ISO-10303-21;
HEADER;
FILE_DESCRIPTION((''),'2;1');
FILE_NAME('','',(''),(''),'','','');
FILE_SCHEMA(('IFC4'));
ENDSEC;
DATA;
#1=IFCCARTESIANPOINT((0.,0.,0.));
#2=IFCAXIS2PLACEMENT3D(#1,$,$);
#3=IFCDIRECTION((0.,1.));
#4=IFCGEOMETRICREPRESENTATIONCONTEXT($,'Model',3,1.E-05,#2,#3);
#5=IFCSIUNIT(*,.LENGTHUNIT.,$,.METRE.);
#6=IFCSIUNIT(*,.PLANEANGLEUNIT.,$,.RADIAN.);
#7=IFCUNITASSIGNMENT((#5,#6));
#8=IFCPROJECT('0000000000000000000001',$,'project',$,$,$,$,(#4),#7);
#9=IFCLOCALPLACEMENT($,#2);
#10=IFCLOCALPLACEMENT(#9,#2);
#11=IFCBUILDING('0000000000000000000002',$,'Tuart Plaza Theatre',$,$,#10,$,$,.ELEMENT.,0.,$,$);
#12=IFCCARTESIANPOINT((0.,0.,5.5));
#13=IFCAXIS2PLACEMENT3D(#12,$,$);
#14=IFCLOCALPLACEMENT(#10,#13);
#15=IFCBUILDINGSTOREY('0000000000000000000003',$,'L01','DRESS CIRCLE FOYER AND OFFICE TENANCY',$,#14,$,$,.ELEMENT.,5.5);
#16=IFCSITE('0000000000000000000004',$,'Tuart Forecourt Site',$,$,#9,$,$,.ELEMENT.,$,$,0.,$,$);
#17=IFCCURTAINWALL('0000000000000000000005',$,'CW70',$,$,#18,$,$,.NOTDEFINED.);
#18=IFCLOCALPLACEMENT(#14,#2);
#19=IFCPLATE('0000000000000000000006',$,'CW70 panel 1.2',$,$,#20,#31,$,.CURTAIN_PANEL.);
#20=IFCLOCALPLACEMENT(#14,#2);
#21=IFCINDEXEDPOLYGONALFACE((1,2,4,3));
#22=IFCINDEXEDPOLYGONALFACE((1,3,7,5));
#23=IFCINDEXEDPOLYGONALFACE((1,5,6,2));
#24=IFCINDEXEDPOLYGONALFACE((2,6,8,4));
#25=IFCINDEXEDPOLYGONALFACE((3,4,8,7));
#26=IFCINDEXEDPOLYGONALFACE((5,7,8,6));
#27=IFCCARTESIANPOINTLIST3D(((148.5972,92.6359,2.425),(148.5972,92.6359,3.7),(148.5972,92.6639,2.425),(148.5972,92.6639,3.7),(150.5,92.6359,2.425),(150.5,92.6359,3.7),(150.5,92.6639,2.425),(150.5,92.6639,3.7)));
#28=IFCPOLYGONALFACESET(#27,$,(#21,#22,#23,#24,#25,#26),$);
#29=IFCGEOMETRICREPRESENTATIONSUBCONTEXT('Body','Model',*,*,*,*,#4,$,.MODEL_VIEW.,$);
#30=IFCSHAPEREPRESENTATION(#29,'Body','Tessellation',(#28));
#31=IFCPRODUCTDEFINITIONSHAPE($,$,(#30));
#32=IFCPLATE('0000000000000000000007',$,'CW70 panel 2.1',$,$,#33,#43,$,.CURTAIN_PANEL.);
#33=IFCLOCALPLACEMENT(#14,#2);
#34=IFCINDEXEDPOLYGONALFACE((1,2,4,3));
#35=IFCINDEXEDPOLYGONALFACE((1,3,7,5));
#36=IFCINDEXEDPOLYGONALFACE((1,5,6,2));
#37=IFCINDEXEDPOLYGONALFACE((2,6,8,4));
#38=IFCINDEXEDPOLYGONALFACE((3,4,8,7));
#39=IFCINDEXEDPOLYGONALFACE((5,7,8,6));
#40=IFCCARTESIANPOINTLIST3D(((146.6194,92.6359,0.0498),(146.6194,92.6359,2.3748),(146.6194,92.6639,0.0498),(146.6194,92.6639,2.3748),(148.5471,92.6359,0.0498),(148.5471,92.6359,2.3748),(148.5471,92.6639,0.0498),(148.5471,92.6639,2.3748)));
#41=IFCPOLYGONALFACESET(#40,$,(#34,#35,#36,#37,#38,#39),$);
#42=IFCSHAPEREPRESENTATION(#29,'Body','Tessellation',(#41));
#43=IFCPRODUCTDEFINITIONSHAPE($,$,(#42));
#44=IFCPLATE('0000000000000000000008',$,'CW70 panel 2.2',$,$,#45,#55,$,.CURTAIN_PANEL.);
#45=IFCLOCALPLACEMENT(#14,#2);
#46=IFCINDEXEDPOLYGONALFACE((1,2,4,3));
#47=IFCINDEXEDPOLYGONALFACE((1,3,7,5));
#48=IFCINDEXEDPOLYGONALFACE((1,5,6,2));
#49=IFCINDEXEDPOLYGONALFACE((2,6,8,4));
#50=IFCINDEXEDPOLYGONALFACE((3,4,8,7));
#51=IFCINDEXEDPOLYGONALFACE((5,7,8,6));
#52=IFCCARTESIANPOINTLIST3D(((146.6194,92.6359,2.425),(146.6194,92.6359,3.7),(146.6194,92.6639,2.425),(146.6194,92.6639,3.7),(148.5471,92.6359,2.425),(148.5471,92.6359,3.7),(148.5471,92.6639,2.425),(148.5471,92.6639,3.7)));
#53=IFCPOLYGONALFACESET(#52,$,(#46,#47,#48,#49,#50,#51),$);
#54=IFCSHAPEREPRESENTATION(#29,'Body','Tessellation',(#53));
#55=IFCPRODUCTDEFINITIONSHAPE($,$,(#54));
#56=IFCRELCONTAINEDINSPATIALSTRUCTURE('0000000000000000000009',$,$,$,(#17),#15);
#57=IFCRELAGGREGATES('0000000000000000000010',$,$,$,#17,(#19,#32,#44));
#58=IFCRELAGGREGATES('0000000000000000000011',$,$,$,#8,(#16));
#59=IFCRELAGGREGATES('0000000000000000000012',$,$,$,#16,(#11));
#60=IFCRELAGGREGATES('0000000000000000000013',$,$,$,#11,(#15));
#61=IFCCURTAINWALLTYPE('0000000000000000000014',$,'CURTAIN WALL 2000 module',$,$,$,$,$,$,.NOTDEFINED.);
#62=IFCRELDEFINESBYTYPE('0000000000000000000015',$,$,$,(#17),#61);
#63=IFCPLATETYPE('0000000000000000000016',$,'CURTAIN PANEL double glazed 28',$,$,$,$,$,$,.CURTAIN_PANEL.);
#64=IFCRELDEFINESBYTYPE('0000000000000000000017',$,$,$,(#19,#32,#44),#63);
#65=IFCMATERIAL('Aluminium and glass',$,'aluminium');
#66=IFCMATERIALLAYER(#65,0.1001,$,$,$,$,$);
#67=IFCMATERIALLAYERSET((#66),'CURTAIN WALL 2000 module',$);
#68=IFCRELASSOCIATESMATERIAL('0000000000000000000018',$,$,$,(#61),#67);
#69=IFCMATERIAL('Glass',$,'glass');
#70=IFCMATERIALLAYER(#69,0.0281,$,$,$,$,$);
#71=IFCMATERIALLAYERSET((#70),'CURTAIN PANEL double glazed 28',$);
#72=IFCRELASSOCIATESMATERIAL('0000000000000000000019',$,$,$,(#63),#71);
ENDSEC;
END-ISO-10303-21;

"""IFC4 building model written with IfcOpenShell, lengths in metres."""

from ifc_helpers import new_model, si_unit, direction, frame, origin, origin_2d, place, context, subcontext, project, spatial, rectangle, extrude, material, layer, layer_set, type_object, element, aggregate, save


model = new_model("IFC4")

# Units and contexts
model_context = context("Model", 3, precision=1e-05, world=origin(), true_north=direction((0.0, 1.0)))
body_context = subcontext(model_context, "Body", "Model", "MODEL_VIEW")
ifc_project = project(units=[si_unit("LENGTHUNIT", "METRE"), si_unit("PLANEANGLEUNIT", "RADIAN")], contexts=[model_context])

# Site, building, storey
site_placement = place(None, origin())
site = spatial("IfcSite", under=ifc_project, at=site_placement, Name="Tuart Forecourt Site", CompositionType="ELEMENT", RefElevation=0.0)
building_placement = place(site_placement, origin())
building = spatial("IfcBuilding", under=site, at=building_placement, Name="Tuart Plaza Theatre", CompositionType="ELEMENT", ElevationOfRefHeight=0.0)
storey_placement = place(building_placement, frame((0.0, 0.0, 5.5)))
storey = spatial("IfcBuildingStorey", under=building, at=storey_placement, Name="L01", Description="DRESS CIRCLE FOYER AND OFFICE TENANCY", CompositionType="ELEMENT", Elevation=5.5)

# Curtain wall
ifc_material_1 = material(Name="Aluminium and glass", Category="aluminium")
ifc_layer_1 = layer(ifc_material_1, 0.1001)
ifc_layer_set_1 = layer_set([ifc_layer_1], Name="CURTAIN WALL 2000 module")
curtain_wall_type = type_object("IfcCurtainWallType", Name="CURTAIN WALL 2000 module", PredefinedType="NOTDEFINED", material=ifc_layer_set_1)
curtain_wall_1_placement = place(storey_placement, origin())
curtain_wall_1 = element("IfcCurtainWall", 1, at=curtain_wall_1_placement, inside=storey, type_object=curtain_wall_type, Name="CW70", PredefinedType="NOTDEFINED")

# Plates
ifc_material_2 = material(Name="Glass", Category="glass")
ifc_layer_2 = layer(ifc_material_2, 0.0281)
ifc_layer_set_2 = layer_set([ifc_layer_2], Name="CURTAIN PANEL double glazed 28")
plate_type = type_object("IfcPlateType", Name="CURTAIN PANEL double glazed 28", PredefinedType="CURTAIN_PANEL", material=ifc_layer_set_2)
plate_1_placement = place(storey_placement, frame((149.5486, 92.6499, 2.425), z_axis=(0.0, 0.0, 1.0), x_axis=(-1.0, 0.0, 0.0)))
plate_1 = element("IfcPlate", 2, at=plate_1_placement, type_object=plate_type, Name="CW70 panel 1.2", PredefinedType="CURTAIN_PANEL", context=body_context, shape_type="SweptSolid", body=[
    extrude(rectangle(XDim=1.9028, YDim=0.0281, at=origin_2d()), origin(), (0.0, 0.0, 1.0), 1.2749),
])
plate_2_placement = place(storey_placement, frame((147.5833, 92.6499, 0.0498), z_axis=(0.0, 0.0, 1.0), x_axis=(-1.0, 0.0, 0.0)))
plate_2 = element("IfcPlate", 3, at=plate_2_placement, type_object=plate_type, Name="CW70 panel 2.1", PredefinedType="CURTAIN_PANEL", context=body_context, shape_type="SweptSolid", body=[
    extrude(rectangle(XDim=1.9277, YDim=0.0281, at=origin_2d()), origin(), (0.0, 0.0, 1.0), 2.325),
])
plate_3_placement = place(storey_placement, frame((147.5833, 92.6499, 2.425), z_axis=(0.0, 0.0, 1.0), x_axis=(-1.0, 0.0, 0.0)))
plate_3 = element("IfcPlate", 4, at=plate_3_placement, type_object=plate_type, Name="CW70 panel 2.2", PredefinedType="CURTAIN_PANEL", context=body_context, shape_type="SweptSolid", body=[
    extrude(rectangle(XDim=1.9277, YDim=0.0281, at=origin_2d()), origin(), (0.0, 0.0, 1.0), 1.2749),
])
aggregate(curtain_wall_1, [plate_1, plate_2, plate_3])

save(model, "model.ifc")
